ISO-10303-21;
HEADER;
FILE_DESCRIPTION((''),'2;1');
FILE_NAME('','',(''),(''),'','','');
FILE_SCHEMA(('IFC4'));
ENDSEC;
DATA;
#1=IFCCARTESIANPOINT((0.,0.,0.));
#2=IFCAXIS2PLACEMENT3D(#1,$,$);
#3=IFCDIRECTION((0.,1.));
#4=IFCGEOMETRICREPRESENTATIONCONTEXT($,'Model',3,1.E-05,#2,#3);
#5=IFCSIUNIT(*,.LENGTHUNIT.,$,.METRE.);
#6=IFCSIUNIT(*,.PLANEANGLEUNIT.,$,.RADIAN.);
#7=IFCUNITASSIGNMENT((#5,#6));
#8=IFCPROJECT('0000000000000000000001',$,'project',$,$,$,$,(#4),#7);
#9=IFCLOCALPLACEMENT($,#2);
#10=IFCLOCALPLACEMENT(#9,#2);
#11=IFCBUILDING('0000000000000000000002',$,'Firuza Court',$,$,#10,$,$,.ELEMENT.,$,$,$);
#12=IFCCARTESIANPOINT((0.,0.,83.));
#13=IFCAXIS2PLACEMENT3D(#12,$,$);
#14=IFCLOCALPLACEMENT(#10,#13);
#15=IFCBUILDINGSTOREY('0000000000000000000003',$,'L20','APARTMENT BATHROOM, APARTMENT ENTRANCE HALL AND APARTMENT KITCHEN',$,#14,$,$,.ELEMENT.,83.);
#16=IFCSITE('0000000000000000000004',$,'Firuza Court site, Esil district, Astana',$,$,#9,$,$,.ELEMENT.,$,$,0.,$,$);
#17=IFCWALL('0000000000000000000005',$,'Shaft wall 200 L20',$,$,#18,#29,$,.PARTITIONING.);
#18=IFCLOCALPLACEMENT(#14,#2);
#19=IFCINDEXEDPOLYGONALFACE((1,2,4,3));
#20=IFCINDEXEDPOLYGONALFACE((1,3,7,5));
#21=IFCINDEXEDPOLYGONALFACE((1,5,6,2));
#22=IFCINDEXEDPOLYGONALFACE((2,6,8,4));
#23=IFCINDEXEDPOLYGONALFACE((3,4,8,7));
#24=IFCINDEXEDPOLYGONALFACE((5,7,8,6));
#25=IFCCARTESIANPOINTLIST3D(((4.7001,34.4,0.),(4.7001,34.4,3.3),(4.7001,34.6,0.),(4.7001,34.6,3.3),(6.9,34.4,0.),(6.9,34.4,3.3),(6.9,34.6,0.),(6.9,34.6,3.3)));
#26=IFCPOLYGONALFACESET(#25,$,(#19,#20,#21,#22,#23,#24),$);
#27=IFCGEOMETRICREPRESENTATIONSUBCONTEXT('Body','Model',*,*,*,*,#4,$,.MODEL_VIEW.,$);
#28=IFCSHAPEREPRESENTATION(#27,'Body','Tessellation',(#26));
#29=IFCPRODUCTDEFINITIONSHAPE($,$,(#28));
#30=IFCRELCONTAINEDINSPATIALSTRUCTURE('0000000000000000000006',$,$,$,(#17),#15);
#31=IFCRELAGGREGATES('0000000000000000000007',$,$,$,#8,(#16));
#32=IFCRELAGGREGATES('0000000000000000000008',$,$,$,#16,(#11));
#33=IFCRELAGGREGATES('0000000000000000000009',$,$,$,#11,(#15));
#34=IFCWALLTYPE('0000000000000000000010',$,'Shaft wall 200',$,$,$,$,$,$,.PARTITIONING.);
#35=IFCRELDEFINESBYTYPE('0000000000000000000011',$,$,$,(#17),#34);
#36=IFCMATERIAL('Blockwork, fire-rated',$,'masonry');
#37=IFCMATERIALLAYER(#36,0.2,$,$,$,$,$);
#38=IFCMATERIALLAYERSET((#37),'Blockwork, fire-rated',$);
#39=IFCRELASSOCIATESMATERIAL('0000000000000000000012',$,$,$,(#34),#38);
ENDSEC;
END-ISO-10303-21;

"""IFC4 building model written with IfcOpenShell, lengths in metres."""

from ifc_helpers import new_model, si_unit, direction, frame, frame_2d, origin, place, context, subcontext, project, spatial, rectangle, extrude, material, layer, layer_set, type_object, element, save


model = new_model("IFC4")

# Units and contexts
model_context = context("Model", 3, precision=1e-05, world=origin(), true_north=direction((0.0, 1.0)))
body_context = subcontext(model_context, "Body", "Model", "MODEL_VIEW")
ifc_project = project(units=[si_unit("LENGTHUNIT", "METRE"), si_unit("PLANEANGLEUNIT", "RADIAN")], contexts=[model_context])

# Site, building, storey
site_placement = place(None, origin())
site = spatial("IfcSite", under=ifc_project, at=site_placement, Name="Firuza Court site, Esil district, Astana", CompositionType="ELEMENT", RefElevation=0.0)
building_placement = place(site_placement, origin())
building = spatial("IfcBuilding", under=site, at=building_placement, Name="Firuza Court", CompositionType="ELEMENT")
storey_placement = place(building_placement, frame((0.0, 0.0, 83.0)))
storey = spatial("IfcBuildingStorey", under=building, at=storey_placement, Name="L20", Description="APARTMENT BATHROOM, APARTMENT ENTRANCE HALL AND APARTMENT KITCHEN", CompositionType="ELEMENT", Elevation=83.0)

# Wall
ifc_material_1 = material(Name="Blockwork, fire-rated", Category="masonry")
ifc_layer_1 = layer(ifc_material_1, 0.2)
ifc_layer_set_1 = layer_set([ifc_layer_1], Name="Blockwork, fire-rated")
wall_type_1 = type_object("IfcWallType", Name="Shaft wall 200", PredefinedType="PARTITIONING", material=ifc_layer_set_1)
wall_1_placement = place(storey_placement, frame((4.7, 34.5, 0.0), z_axis=(0.0, 0.0, 1.0), x_axis=(1.0, 0.0, 0.0)))
element("IfcWall", 1, at=wall_1_placement, inside=storey, type_object=wall_type_1, Name="Shaft wall 200 L20", PredefinedType="PARTITIONING", context=body_context, shape_type="SweptSolid", body=[
    extrude(rectangle(XDim=2.2, YDim=0.2, at=frame_2d((1.1001, 0.0))), origin(), (0.0, 0.0, 1.0), 3.3),
])

save(model, "model.ifc")
